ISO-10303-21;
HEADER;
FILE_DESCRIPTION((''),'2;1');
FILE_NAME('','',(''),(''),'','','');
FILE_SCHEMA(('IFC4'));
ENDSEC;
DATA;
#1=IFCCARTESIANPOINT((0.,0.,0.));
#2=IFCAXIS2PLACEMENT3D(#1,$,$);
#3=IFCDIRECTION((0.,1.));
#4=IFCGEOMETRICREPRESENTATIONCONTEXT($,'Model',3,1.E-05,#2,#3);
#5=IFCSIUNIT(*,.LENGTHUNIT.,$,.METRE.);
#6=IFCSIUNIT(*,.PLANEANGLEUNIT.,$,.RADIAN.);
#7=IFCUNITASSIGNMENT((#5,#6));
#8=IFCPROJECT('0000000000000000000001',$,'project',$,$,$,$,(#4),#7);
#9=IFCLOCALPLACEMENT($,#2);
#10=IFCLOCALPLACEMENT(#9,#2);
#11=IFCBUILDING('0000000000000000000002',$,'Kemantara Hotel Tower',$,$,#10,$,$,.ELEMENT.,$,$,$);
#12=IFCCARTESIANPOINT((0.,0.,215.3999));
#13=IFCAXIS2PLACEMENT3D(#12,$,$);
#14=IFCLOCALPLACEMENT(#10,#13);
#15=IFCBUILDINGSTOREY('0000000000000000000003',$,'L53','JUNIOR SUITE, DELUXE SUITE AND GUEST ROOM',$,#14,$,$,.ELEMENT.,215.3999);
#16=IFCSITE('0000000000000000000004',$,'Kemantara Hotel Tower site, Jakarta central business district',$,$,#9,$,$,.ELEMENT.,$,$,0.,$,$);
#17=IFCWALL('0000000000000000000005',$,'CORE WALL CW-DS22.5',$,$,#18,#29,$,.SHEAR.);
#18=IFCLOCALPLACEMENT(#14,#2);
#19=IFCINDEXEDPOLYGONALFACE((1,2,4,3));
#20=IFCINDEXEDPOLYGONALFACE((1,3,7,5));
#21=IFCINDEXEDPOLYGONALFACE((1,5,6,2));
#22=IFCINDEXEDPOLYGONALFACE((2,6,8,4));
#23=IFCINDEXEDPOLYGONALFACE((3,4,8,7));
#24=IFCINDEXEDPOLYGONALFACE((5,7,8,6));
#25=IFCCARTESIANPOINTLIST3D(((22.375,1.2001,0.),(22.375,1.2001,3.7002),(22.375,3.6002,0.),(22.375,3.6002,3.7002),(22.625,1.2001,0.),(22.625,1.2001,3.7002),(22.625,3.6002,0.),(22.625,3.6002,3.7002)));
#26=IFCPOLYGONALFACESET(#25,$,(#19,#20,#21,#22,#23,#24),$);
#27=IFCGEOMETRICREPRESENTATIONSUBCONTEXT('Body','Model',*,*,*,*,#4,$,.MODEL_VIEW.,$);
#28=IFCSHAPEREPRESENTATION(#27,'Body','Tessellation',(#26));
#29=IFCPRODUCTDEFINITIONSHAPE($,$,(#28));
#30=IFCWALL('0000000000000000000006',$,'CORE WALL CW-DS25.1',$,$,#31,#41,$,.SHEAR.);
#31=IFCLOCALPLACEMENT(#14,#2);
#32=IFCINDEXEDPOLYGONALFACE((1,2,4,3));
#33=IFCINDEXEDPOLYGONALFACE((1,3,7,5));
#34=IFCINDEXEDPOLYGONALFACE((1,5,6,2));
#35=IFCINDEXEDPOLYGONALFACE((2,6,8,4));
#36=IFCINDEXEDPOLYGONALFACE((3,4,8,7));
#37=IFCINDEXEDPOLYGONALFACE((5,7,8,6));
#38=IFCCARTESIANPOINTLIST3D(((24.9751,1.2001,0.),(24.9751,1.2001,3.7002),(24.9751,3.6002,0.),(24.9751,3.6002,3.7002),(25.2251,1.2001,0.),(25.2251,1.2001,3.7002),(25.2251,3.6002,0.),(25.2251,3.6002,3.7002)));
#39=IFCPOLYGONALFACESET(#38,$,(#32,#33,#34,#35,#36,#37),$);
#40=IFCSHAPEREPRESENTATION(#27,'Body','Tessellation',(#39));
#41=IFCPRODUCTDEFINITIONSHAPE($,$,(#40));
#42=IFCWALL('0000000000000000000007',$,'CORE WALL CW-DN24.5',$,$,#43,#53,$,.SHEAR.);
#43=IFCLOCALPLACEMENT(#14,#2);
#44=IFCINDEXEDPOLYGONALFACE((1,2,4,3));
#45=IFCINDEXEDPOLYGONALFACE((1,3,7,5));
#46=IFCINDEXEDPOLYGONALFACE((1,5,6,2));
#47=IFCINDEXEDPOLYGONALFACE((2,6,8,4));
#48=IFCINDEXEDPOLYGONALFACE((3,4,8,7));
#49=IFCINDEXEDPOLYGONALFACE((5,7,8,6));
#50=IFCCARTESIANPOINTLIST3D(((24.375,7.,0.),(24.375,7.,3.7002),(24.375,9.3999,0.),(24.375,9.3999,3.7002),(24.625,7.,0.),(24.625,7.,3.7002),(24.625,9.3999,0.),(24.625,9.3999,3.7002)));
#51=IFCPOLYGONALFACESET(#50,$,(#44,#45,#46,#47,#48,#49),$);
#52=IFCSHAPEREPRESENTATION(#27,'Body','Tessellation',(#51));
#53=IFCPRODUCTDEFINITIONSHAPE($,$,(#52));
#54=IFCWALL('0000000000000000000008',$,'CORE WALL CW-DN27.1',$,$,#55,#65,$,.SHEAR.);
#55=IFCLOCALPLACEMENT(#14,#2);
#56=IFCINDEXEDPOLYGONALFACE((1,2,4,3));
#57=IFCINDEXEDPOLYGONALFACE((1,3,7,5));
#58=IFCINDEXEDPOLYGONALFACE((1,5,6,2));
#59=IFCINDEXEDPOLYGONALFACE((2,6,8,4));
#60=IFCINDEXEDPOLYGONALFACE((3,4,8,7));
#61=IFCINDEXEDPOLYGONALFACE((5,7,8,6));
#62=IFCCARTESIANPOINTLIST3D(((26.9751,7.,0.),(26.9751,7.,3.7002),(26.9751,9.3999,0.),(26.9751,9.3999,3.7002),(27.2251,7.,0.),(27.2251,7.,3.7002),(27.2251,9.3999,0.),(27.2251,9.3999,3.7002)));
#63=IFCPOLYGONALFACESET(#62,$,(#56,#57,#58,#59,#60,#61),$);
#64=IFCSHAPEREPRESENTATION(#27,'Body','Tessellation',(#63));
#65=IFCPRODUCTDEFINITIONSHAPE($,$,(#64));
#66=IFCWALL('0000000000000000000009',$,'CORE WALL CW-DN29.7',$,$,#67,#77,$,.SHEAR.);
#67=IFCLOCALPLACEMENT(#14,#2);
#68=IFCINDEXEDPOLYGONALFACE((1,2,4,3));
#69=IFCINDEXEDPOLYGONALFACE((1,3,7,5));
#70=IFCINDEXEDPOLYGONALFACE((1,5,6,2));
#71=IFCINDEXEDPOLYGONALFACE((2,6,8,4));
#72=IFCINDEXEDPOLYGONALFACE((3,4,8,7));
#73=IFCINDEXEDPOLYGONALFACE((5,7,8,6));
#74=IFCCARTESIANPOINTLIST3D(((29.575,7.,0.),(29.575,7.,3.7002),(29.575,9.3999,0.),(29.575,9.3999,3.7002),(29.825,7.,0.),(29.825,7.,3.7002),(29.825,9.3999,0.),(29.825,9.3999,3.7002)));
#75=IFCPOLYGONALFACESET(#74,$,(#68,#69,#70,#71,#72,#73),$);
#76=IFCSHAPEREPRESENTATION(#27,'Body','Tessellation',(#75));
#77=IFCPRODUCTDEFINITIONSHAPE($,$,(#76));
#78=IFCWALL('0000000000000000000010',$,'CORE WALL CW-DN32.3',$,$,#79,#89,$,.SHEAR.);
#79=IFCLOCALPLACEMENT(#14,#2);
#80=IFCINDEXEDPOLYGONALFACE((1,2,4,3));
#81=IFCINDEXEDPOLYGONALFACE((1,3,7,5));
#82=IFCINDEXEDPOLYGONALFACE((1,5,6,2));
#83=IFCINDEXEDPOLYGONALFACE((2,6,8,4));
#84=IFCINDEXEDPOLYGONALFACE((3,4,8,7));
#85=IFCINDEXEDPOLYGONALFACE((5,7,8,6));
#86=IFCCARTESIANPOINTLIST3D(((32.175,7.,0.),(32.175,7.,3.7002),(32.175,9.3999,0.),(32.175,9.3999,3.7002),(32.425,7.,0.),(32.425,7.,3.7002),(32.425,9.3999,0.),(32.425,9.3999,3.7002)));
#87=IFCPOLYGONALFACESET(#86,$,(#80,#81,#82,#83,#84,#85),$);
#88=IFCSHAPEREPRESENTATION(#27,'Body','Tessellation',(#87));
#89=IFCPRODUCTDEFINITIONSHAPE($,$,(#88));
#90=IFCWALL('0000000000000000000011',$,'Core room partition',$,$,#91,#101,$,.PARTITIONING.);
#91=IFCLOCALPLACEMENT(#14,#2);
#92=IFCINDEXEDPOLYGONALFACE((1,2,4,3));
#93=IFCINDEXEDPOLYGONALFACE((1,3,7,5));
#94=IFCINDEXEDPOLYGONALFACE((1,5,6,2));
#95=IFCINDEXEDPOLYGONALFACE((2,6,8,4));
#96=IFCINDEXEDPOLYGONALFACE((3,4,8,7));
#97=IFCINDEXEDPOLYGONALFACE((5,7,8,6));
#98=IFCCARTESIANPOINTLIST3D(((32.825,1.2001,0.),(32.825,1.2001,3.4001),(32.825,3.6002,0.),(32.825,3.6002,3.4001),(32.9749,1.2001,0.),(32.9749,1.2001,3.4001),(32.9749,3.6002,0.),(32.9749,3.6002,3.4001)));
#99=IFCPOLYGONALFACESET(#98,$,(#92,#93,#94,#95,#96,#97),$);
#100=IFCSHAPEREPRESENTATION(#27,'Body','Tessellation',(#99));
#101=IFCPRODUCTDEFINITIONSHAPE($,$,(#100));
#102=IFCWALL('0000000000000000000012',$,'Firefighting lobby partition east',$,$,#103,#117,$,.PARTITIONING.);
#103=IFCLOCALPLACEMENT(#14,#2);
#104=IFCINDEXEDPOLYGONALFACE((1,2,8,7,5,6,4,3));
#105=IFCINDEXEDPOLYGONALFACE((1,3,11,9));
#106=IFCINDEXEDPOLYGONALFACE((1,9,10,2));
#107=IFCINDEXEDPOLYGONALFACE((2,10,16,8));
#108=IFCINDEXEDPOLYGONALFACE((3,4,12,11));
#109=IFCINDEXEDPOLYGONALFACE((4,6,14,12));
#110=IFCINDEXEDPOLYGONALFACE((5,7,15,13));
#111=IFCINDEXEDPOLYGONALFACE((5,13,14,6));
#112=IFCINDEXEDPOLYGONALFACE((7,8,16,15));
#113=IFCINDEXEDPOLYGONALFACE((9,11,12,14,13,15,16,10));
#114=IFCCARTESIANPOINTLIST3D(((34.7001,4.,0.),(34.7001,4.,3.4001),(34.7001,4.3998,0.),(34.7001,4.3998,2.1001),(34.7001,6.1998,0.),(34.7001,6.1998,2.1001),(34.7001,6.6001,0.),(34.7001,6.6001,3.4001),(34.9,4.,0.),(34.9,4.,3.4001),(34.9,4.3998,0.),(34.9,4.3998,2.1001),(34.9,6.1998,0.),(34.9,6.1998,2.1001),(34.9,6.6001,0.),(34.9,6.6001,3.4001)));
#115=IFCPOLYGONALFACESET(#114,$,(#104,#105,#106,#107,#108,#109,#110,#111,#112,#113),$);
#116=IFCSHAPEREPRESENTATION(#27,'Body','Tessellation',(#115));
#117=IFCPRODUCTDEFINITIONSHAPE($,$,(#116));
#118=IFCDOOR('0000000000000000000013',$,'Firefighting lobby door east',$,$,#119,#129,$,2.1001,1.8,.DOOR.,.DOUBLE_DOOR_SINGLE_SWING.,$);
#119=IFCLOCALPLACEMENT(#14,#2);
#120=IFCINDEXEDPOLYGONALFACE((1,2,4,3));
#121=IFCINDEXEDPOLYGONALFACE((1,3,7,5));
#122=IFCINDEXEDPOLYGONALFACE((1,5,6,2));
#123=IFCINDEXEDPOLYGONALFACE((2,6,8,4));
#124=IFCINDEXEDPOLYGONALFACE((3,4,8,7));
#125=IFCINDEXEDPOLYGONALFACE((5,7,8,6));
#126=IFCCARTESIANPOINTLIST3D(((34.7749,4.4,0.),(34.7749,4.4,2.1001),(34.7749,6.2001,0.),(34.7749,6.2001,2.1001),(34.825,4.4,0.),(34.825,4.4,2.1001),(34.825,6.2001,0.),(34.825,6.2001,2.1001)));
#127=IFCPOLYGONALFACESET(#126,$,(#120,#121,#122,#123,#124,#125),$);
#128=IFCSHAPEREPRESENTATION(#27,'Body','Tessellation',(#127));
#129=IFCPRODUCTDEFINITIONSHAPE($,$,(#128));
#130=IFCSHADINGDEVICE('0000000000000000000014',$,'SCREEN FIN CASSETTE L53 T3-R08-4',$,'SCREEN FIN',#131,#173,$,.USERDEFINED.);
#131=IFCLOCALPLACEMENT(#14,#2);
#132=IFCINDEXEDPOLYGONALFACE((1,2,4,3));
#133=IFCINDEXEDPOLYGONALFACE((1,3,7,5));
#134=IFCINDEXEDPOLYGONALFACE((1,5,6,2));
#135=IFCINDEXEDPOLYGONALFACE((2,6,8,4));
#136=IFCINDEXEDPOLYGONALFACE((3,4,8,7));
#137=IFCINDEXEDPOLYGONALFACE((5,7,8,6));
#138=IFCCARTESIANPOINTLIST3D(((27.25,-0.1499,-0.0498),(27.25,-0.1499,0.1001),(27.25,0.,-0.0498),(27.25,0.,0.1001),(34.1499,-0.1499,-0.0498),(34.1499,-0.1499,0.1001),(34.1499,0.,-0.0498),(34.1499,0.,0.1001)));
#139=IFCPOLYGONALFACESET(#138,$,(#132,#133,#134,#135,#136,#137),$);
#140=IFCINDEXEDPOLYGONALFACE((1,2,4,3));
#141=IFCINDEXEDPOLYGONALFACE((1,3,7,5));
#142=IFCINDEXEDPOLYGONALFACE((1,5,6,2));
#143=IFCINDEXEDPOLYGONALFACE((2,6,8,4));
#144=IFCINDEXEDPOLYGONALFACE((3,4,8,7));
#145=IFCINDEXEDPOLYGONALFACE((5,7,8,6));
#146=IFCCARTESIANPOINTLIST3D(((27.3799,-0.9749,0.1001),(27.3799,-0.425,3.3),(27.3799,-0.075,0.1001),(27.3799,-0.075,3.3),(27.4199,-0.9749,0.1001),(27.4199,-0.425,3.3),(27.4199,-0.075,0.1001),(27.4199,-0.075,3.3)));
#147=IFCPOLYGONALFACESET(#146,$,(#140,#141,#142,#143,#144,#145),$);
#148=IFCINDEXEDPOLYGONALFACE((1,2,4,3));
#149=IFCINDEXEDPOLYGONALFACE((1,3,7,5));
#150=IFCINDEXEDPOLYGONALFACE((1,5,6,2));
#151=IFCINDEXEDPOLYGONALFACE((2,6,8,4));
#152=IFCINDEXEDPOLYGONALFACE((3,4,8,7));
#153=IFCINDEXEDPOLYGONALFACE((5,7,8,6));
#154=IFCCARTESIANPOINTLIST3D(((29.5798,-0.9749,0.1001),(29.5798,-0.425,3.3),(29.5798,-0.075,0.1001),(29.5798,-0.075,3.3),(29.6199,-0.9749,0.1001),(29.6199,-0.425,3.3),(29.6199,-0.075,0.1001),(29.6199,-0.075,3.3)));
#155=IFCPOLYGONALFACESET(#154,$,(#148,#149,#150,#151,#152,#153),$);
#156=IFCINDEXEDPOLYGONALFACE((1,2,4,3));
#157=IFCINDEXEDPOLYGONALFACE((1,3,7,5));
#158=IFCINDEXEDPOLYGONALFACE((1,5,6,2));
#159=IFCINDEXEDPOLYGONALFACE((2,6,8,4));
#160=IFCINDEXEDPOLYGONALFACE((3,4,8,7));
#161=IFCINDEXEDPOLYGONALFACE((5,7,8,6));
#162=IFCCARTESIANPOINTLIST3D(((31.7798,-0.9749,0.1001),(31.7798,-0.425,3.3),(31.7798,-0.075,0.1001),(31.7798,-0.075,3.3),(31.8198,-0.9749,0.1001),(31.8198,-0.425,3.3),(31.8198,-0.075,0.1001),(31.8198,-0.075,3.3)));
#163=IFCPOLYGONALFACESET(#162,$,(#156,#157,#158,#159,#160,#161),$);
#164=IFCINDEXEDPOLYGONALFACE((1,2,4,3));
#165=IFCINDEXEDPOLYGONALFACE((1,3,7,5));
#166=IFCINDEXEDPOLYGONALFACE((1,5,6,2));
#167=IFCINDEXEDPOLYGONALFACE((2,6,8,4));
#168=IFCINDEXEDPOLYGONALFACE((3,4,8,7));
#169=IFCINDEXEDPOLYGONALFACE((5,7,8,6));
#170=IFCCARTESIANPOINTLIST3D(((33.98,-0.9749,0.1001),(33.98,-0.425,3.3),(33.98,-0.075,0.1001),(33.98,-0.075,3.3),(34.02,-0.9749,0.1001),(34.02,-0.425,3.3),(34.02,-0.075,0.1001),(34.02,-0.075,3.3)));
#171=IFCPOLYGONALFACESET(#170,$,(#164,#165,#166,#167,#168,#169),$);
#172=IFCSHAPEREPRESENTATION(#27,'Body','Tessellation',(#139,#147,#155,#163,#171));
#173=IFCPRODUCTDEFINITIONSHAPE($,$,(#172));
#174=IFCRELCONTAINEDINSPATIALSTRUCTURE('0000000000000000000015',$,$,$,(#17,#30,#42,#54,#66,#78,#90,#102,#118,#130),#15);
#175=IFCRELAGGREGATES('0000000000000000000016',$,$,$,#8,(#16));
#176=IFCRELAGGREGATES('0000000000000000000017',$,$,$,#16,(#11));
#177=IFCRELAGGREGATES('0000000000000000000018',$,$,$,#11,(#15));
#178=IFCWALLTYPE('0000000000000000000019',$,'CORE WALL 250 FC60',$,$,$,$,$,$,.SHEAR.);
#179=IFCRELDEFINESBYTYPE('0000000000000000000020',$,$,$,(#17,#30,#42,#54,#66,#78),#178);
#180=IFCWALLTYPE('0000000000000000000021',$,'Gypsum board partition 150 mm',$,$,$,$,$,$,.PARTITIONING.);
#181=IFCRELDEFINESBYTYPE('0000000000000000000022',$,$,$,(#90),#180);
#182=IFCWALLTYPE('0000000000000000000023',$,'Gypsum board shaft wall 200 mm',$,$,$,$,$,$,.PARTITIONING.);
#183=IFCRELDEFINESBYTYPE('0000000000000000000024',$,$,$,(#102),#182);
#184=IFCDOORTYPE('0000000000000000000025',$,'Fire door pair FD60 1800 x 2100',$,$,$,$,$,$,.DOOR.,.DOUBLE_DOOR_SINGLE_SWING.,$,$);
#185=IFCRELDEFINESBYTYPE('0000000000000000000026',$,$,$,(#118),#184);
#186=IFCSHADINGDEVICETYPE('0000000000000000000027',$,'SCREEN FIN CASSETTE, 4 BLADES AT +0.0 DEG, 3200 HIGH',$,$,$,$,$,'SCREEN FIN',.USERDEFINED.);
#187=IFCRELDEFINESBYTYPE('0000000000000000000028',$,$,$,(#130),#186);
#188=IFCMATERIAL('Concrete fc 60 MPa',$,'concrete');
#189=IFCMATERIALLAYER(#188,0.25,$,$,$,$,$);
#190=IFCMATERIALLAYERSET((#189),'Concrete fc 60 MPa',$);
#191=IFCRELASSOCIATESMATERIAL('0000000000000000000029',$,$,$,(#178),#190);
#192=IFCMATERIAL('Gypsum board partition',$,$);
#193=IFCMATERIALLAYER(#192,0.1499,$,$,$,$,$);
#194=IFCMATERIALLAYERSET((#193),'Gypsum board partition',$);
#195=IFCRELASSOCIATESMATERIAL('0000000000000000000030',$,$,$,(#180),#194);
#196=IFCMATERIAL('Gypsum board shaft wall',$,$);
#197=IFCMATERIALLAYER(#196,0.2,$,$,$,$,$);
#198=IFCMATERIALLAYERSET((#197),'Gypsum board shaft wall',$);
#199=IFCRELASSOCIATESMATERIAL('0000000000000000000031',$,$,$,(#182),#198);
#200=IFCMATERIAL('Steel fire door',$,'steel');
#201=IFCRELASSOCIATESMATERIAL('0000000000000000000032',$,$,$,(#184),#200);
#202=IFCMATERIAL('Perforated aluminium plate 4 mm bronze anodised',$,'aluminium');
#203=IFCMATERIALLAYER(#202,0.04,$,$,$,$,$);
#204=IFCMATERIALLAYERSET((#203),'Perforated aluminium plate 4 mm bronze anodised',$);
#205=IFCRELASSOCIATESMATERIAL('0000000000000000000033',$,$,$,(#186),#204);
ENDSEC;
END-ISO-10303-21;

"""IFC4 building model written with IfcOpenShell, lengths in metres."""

from ifc_helpers import new_model, si_unit, direction, frame, frame_2d, origin, origin_2d, place, context, subcontext, project, spatial, polyline, rectangle, outline, extrude, source, transform, mapped, material, layer, layer_set, type_object, element, fill, save


model = new_model("IFC4")

# Units and contexts
model_context = context("Model", 3, precision=1e-05, world=origin(), true_north=direction((0.0, 1.0)))
body_context = subcontext(model_context, "Body", "Model", "MODEL_VIEW")
ifc_project = project(units=[si_unit("LENGTHUNIT", "METRE"), si_unit("PLANEANGLEUNIT", "RADIAN")], contexts=[model_context])

# Site, building, storey
site_placement = place(None, origin())
site = spatial("IfcSite", under=ifc_project, at=site_placement, Name="Kemantara Hotel Tower site, Jakarta central business district", CompositionType="ELEMENT", RefElevation=0.0)
building_placement = place(site_placement, origin())
building = spatial("IfcBuilding", under=site, at=building_placement, Name="Kemantara Hotel Tower", CompositionType="ELEMENT")
storey_placement = place(building_placement, frame((0.0, 0.0, 215.3999)))
storey = spatial("IfcBuildingStorey", under=building, at=storey_placement, Name="L53", Description="JUNIOR SUITE, DELUXE SUITE AND GUEST ROOM", CompositionType="ELEMENT", Elevation=215.3999)

# Walls
ifc_material_1 = material(Name="Concrete fc 60 MPa", Category="concrete")
ifc_layer_1 = layer(ifc_material_1, 0.25)
ifc_layer_set_1 = layer_set([ifc_layer_1], Name="Concrete fc 60 MPa")
wall_type_1 = type_object("IfcWallType", Name="CORE WALL 250 FC60", PredefinedType="SHEAR", material=ifc_layer_set_1)
for number, where, z_axis, x_axis, name in (
    (1, (22.5, 1.2, 0.0), (0.0, 0.0, 1.0), (0.0, 1.0, 0.0), "CORE WALL CW-DS22.5"),
    (2, (25.1001, 1.2, 0.0), (0.0, 0.0, 1.0), (0.0, 1.0, 0.0), "CORE WALL CW-DS25.1"),
):
    element("IfcWall", number, at=place(storey_placement, frame(where, z_axis=z_axis, x_axis=x_axis)), inside=storey, type_object=wall_type_1, Name=name, PredefinedType="SHEAR", context=body_context, shape_type="SweptSolid", body=[
        extrude(rectangle(XDim=2.4001, YDim=0.25, at=frame_2d((1.2002, 0.0))), origin(), (0.0, 0.0, 1.0), 3.7002),
    ])
for number, where, z_axis, x_axis, name in (
    (3, (24.5, 7.0, 0.0), (0.0, 0.0, 1.0), (0.0, 1.0, 0.0), "CORE WALL CW-DN24.5"),
    (4, (27.1001, 7.0, 0.0), (0.0, 0.0, 1.0), (0.0, 1.0, 0.0), "CORE WALL CW-DN27.1"),
    (5, (29.7, 7.0, 0.0), (0.0, 0.0, 1.0), (0.0, 1.0, 0.0), "CORE WALL CW-DN29.7"),
    (6, (32.3, 7.0, 0.0), (0.0, 0.0, 1.0), (0.0, 1.0, 0.0), "CORE WALL CW-DN32.3"),
):
    element("IfcWall", number, at=place(storey_placement, frame(where, z_axis=z_axis, x_axis=x_axis)), inside=storey, type_object=wall_type_1, Name=name, PredefinedType="SHEAR", context=body_context, shape_type="SweptSolid", body=[
        extrude(rectangle(XDim=2.3999, YDim=0.25, at=frame_2d((1.2, 0.0))), origin(), (0.0, 0.0, 1.0), 3.7002),
    ])
ifc_material_2 = material(Name="Gypsum board partition")
ifc_layer_2 = layer(ifc_material_2, 0.1499)
ifc_layer_set_2 = layer_set([ifc_layer_2], Name="Gypsum board partition")
wall_type_2 = type_object("IfcWallType", Name="Gypsum board partition 150 mm", PredefinedType="PARTITIONING", material=ifc_layer_set_2)
wall_1_placement = place(storey_placement, frame((32.8999, 1.2, 0.0), z_axis=(0.0, 0.0, 1.0), x_axis=(0.0, 1.0, 0.0)))
element("IfcWall", 7, at=wall_1_placement, inside=storey, type_object=wall_type_2, Name="Core room partition", PredefinedType="PARTITIONING", context=body_context, shape_type="SweptSolid", body=[
    extrude(rectangle(XDim=2.4001, YDim=0.1499, at=frame_2d((1.2002, 0.0))), origin(), (0.0, 0.0, 1.0), 3.4001),
])

# Wall, opening, door
ifc_material_3 = material(Name="Gypsum board shaft wall")
ifc_layer_3 = layer(ifc_material_3, 0.2)
ifc_layer_set_3 = layer_set([ifc_layer_3], Name="Gypsum board shaft wall")
wall_type_3 = type_object("IfcWallType", Name="Gypsum board shaft wall 200 mm", PredefinedType="PARTITIONING", material=ifc_layer_set_3)
wall_2_placement = place(storey_placement, frame((34.8, 4.0, 0.0), z_axis=(0.0, 0.0, 1.0), x_axis=(0.0, 1.0, 0.0)))
wall_2 = element("IfcWall", 8, at=wall_2_placement, inside=storey, type_object=wall_type_3, Name="Firefighting lobby partition east", PredefinedType="PARTITIONING", context=body_context, shape_type="SweptSolid", body=[
    extrude(rectangle(XDim=2.6001, YDim=0.2, at=frame_2d((1.3, 0.0))), origin(), (0.0, 0.0, 1.0), 3.4001),
])
opening_placement = place(wall_2_placement, frame((0.3999, 0.0, 0.0)))
opening = element("IfcOpeningElement", 9, at=opening_placement, cuts=wall_2, PredefinedType="OPENING", context=body_context, shape_type="SweptSolid", body=[
    extrude(rectangle(XDim=1.8, YDim=2.1001, at=frame_2d((0.8999, 1.05))), frame((0.0, 0.1099, 0.0), z_axis=(0.0, -1.0, 0.0), x_axis=(1.0, 0.0, 0.0)), (0.0, 0.0, 1.0), 0.22),
])
ifc_material_4 = material(Name="Steel fire door", Category="steel")
door_type = type_object("IfcDoorType", Name="Fire door pair FD60 1800 x 2100", OperationType="DOUBLE_DOOR_SINGLE_SWING", PredefinedType="DOOR", material=ifc_material_4)
door_placement = place(opening_placement, frame((1.8, 0.0, 0.0), z_axis=(0.0, 0.0, 1.0), x_axis=(-1.0, 0.0, 0.0)))
door = element("IfcDoor", 10, at=door_placement, inside=storey, type_object=door_type, Name="Firefighting lobby door east", OperationType="DOUBLE_DOOR_SINGLE_SWING", OverallHeight=2.1001, OverallWidth=1.8, PredefinedType="DOOR", context=body_context, shape_type="SweptSolid", body=[
    extrude(rectangle(XDim=1.8, YDim=2.1001, at=frame_2d((0.8999, 1.05))), frame((0.0, 0.0249, 0.0), z_axis=(0.0, -1.0, 0.0), x_axis=(1.0, 0.0, 0.0)), (0.0, 0.0, 1.0), 0.05),
])
fill(opening, door)

# Shading device
ifc_material_5 = material(Name="Perforated aluminium plate 4 mm bronze anodised", Category="aluminium")
ifc_layer_4 = layer(ifc_material_5, 0.04)
ifc_layer_set_4 = layer_set([ifc_layer_4], Name="Perforated aluminium plate 4 mm bronze anodised")
shading_device_type = type_object("IfcShadingDeviceType", Name="SCREEN FIN CASSETTE, 4 BLADES AT +0.0 DEG, 3200 HIGH", ElementType="SCREEN FIN", PredefinedType="USERDEFINED", material=ifc_layer_set_4)
shared_shape = source(origin(), body_context, "Body", "SweptSolid", [
    extrude(rectangle(XDim=6.8999, YDim=0.1499, at=origin_2d()), frame((3.3, -0.075, -0.1499), z_axis=(0.0, 0.0, 1.0), x_axis=(1.0, 0.0, 0.0)), (0.0, 0.0, 1.0), 0.1499),
    extrude(outline(polyline([(0.0, 0.0), (0.8999, 0.0), (0.3501, 3.2), (0.0, 3.2), (0.0, 0.0)])), frame((0.02, -0.075, 0.0), z_axis=(-1.0, 0.0, 0.0), x_axis=(0.0, -1.0, 0.0)), (0.0, 0.0, 1.0), 0.04),
    extrude(outline(polyline([(0.0, 0.0), (0.8999, 0.0), (0.3501, 3.2), (0.0, 3.2), (0.0, 0.0)])), frame((2.22, -0.075, 0.0), z_axis=(-1.0, 0.0, 0.0), x_axis=(0.0, -1.0, 0.0)), (0.0, 0.0, 1.0), 0.04),
    extrude(outline(polyline([(0.0, 0.0), (0.8999, 0.0), (0.3501, 3.2), (0.0, 3.2), (0.0, 0.0)])), frame((4.4199, -0.075, 0.0), z_axis=(-1.0, 0.0, 0.0), x_axis=(0.0, -1.0, 0.0)), (0.0, 0.0, 1.0), 0.04),
    extrude(outline(polyline([(0.0, 0.0), (0.8999, 0.0), (0.3501, 3.2), (0.0, 3.2), (0.0, 0.0)])), frame((6.6201, -0.075, 0.0), z_axis=(-1.0, 0.0, 0.0), x_axis=(0.0, -1.0, 0.0)), (0.0, 0.0, 1.0), 0.04),
])
shading_device_placement = place(storey_placement, frame((27.3999, 0.0, 0.1001), z_axis=(0.0, 0.0, 1.0), x_axis=(1.0, 0.0, 0.0)))
element("IfcShadingDevice", 11, at=shading_device_placement, inside=storey, type_object=shading_device_type, Name="SCREEN FIN CASSETTE L53 T3-R08-4", ObjectType="SCREEN FIN", PredefinedType="USERDEFINED", context=body_context, shape_type="MappedRepresentation", body=[
    mapped(shared_shape, transform((0.0, 0.0, 0.0))),
])

save(model, "model.ifc")
